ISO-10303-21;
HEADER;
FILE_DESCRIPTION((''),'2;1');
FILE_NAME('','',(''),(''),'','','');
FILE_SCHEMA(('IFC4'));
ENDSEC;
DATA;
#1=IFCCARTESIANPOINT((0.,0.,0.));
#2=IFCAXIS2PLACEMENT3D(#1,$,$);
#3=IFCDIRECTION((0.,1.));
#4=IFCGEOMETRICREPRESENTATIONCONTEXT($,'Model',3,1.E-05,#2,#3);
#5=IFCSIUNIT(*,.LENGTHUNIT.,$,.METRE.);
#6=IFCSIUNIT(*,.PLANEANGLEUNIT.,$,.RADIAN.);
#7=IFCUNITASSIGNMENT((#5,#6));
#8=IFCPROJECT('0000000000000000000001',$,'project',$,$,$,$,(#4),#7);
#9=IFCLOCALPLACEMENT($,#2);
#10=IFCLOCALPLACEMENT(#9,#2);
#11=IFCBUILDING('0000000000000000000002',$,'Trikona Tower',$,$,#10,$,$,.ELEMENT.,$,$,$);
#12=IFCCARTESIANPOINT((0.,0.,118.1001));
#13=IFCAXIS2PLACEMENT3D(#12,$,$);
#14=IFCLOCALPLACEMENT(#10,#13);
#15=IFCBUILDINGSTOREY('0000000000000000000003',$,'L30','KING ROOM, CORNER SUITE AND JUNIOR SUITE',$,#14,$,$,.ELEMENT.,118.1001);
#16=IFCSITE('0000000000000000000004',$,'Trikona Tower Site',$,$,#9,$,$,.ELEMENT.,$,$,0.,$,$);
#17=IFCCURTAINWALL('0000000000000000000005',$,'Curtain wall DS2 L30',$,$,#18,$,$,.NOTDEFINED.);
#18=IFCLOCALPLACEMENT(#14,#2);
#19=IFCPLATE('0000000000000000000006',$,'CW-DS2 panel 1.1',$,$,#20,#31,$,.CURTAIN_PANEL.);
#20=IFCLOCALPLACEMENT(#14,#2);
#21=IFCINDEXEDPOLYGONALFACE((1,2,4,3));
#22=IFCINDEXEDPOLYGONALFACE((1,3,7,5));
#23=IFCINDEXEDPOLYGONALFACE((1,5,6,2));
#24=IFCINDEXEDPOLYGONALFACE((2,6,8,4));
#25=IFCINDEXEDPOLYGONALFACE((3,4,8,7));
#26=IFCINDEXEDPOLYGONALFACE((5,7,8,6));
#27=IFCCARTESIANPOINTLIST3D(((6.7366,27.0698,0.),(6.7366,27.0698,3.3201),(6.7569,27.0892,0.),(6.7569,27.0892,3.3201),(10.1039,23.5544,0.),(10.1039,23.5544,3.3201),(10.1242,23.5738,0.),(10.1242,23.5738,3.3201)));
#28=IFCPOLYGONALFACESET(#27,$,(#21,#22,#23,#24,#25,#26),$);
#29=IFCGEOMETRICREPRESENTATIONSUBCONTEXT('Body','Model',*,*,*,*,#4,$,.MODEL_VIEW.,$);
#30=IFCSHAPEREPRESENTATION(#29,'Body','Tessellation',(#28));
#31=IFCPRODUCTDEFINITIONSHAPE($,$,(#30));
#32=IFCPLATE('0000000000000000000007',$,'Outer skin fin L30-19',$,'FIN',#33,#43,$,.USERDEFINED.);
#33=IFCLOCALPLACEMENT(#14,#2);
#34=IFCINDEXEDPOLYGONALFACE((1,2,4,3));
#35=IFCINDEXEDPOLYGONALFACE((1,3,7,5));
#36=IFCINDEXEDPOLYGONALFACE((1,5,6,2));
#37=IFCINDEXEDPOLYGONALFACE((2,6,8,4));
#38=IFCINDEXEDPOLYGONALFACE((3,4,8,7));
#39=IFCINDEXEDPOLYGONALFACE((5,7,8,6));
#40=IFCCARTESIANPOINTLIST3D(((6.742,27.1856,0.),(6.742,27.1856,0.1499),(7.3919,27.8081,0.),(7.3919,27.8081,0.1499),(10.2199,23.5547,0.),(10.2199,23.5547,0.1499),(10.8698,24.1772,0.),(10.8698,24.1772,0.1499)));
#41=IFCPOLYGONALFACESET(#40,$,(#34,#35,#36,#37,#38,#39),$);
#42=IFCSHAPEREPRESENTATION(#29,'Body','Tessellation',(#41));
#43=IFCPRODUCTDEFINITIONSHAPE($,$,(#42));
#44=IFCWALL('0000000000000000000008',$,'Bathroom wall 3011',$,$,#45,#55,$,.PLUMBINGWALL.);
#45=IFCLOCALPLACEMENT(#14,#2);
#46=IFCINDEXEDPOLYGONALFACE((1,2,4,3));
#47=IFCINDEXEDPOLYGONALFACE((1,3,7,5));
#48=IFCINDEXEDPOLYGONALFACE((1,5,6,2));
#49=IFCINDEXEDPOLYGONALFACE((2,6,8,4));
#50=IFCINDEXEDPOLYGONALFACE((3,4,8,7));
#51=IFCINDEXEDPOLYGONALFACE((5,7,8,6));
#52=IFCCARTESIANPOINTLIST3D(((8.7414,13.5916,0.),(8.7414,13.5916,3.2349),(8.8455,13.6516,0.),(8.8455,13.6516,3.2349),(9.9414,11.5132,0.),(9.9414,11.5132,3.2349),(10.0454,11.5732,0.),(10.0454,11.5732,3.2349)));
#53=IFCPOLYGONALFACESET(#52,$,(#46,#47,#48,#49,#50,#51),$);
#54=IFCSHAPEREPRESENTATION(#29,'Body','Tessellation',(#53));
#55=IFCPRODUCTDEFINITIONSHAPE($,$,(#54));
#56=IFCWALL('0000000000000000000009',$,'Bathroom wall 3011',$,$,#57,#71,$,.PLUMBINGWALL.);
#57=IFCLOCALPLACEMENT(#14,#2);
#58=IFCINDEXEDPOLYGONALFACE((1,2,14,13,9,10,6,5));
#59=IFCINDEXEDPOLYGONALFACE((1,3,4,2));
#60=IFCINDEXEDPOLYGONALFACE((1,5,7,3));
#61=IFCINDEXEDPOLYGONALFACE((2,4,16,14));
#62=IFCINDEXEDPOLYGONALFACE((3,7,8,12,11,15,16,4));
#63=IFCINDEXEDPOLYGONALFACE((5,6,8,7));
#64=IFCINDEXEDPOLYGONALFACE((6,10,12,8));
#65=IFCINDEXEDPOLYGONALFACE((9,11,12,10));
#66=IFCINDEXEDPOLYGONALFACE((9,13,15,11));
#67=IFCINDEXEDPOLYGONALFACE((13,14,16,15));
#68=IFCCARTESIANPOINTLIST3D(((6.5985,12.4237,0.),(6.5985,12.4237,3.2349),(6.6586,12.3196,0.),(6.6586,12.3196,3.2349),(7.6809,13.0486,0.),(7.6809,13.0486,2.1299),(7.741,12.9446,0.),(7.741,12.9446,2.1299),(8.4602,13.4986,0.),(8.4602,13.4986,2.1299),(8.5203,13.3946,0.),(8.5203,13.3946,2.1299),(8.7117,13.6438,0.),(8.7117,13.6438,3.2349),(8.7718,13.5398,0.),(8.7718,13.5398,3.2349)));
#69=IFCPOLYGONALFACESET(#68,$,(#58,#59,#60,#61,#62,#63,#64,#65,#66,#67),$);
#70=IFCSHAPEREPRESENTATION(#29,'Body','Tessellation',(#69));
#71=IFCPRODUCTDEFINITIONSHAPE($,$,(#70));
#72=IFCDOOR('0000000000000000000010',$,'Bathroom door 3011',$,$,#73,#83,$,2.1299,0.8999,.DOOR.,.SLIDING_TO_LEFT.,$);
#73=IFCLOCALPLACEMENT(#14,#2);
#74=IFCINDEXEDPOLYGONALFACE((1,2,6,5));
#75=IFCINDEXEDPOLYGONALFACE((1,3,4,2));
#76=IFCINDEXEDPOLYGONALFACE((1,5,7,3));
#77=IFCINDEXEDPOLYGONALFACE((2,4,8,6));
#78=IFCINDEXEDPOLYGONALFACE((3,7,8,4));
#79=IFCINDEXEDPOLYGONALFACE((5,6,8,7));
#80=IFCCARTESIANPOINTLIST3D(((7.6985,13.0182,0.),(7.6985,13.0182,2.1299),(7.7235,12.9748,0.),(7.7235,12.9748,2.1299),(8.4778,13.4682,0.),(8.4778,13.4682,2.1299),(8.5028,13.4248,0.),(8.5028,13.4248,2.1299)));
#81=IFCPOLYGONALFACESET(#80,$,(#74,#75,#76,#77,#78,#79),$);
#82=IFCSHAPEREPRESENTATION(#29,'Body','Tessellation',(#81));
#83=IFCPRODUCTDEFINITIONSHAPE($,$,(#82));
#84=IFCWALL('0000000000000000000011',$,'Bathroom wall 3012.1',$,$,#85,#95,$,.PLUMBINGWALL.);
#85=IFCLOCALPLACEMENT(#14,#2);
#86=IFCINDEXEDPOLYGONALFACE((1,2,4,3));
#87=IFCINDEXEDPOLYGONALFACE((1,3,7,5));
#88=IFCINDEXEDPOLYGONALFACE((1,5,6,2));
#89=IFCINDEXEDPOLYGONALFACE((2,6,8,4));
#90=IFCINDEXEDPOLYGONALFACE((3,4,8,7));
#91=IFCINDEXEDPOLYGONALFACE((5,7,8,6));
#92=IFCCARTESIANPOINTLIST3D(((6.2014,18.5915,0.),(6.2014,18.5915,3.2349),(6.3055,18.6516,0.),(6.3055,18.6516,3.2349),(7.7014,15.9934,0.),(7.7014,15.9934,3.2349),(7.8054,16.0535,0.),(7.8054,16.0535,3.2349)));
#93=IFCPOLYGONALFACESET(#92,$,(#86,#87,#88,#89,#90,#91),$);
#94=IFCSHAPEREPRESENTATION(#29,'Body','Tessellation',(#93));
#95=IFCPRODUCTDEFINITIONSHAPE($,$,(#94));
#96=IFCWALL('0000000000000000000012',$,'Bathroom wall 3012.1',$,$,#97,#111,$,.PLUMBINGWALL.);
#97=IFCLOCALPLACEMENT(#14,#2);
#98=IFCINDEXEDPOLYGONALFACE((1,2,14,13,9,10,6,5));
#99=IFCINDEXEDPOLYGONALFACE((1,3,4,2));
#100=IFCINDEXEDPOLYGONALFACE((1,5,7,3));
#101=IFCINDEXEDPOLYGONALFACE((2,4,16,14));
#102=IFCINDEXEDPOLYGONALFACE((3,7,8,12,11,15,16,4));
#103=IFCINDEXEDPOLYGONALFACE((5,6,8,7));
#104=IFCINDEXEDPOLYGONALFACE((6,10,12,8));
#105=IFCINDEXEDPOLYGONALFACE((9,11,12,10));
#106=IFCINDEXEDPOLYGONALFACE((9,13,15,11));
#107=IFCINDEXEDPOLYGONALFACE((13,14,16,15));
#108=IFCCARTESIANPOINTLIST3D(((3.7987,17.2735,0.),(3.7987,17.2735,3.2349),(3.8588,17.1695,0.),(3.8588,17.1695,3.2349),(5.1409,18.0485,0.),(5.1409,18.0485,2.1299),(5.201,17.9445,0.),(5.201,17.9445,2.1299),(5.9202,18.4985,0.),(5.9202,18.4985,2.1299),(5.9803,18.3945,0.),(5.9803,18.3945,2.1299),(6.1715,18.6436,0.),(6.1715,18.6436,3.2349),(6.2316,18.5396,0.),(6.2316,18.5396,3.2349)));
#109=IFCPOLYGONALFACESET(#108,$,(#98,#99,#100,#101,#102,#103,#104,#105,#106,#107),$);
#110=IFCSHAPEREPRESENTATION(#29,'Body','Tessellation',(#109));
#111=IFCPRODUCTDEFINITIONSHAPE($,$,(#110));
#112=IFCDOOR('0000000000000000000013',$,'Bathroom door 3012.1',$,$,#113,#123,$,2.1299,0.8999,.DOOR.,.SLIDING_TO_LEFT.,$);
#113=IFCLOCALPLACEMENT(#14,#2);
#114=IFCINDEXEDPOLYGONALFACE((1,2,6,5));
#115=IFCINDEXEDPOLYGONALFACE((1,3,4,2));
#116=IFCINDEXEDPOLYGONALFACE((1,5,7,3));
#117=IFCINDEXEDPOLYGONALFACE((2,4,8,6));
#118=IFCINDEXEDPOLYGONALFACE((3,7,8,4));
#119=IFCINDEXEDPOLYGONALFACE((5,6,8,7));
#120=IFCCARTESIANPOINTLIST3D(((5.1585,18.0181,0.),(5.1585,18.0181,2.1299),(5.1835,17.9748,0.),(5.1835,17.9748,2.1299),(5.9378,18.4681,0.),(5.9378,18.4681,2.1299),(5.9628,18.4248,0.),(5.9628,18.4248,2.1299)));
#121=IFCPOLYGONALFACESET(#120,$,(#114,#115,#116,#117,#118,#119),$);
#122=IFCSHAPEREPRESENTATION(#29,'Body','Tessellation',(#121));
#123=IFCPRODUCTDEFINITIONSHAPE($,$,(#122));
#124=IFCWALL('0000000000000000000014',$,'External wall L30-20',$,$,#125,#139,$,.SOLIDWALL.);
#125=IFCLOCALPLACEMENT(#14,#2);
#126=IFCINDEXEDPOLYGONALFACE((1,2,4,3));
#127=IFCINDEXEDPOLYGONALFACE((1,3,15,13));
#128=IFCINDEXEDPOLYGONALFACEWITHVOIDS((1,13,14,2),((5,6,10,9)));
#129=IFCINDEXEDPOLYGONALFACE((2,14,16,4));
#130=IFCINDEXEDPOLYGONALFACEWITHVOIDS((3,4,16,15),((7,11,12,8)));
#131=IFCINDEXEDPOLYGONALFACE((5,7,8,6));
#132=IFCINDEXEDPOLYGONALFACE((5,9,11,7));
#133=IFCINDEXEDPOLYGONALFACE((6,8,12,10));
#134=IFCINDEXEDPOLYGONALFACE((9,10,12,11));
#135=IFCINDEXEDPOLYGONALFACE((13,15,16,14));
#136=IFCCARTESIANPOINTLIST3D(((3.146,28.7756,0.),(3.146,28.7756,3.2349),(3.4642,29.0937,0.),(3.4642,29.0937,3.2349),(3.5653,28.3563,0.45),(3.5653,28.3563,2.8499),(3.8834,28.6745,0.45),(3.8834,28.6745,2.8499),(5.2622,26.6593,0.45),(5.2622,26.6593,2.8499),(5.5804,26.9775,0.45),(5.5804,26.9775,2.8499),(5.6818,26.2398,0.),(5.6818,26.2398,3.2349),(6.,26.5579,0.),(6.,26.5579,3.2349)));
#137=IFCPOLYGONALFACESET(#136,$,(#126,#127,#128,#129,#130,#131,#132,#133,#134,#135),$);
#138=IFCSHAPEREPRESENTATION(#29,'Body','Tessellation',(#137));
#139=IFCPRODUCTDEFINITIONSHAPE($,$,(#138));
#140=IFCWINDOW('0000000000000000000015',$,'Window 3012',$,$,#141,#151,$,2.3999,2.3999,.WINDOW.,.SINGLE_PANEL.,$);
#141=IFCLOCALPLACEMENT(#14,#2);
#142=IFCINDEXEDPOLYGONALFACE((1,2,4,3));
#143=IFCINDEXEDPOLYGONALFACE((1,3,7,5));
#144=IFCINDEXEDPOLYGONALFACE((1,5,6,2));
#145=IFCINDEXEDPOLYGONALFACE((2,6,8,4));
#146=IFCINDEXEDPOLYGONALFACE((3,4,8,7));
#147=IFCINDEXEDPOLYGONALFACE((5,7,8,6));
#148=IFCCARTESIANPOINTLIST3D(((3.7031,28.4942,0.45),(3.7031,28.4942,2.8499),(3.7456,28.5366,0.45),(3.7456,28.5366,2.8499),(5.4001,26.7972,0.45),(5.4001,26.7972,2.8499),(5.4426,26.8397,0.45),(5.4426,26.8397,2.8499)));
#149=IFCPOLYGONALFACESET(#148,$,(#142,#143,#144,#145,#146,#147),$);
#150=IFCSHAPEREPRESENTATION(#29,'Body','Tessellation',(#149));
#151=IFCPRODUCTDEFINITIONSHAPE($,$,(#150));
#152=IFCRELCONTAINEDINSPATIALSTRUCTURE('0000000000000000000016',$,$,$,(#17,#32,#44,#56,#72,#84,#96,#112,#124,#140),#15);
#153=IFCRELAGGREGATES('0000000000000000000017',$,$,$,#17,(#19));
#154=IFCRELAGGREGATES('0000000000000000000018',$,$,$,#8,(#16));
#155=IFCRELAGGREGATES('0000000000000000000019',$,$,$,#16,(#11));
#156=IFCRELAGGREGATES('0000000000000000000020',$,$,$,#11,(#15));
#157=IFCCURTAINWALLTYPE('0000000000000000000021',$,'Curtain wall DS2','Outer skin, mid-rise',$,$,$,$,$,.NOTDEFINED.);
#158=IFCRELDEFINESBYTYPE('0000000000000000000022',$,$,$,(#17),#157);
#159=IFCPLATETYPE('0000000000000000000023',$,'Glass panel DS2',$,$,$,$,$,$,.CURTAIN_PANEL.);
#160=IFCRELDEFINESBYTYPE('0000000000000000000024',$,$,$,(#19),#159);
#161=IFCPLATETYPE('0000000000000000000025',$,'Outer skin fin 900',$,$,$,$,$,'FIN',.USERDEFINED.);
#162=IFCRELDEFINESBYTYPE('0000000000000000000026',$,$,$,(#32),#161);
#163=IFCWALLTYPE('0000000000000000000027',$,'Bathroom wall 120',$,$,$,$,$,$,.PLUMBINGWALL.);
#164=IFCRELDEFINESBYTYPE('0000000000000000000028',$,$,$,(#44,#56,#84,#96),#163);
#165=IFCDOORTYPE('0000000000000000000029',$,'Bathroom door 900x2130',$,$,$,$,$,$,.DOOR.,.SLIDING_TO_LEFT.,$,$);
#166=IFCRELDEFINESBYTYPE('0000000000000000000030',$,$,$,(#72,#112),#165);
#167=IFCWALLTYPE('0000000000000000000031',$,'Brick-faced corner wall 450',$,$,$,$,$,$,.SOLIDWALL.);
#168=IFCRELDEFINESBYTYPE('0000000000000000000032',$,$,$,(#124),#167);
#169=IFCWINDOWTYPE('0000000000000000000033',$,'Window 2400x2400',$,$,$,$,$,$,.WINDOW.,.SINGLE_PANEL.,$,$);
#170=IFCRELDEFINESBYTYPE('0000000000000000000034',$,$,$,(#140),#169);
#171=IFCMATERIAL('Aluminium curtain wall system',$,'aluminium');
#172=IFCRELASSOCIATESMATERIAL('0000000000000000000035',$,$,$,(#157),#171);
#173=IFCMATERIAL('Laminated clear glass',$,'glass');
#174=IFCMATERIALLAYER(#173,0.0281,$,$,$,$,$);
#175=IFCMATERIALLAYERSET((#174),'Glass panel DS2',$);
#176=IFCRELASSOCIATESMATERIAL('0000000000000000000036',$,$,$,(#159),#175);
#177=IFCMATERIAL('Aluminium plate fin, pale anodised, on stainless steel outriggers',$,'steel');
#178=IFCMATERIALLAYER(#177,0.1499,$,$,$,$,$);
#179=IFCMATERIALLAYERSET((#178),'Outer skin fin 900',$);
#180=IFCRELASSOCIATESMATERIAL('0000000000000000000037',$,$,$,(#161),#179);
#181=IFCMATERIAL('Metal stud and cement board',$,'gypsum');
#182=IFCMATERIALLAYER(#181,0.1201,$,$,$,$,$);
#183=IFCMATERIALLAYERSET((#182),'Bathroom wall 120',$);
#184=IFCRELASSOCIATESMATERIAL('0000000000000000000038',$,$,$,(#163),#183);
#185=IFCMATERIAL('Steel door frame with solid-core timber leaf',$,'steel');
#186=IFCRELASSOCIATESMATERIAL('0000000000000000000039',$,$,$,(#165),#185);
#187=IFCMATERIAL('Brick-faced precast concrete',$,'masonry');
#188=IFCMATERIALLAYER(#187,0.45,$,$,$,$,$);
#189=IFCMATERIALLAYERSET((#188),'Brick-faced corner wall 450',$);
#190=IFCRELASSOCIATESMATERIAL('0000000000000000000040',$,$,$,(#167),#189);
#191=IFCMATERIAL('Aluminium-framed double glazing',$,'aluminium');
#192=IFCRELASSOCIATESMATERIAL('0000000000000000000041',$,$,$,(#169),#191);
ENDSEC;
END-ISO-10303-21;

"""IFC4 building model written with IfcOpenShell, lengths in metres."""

from ifc_helpers import new_model, si_unit, direction, frame, frame_2d, origin, origin_2d, place, context, subcontext, project, spatial, rectangle, extrude, material, layer, layer_set, type_object, element, fill, aggregate, save


model = new_model("IFC4")

# Units and contexts
model_context = context("Model", 3, precision=1e-05, world=origin(), true_north=direction((0.0, 1.0)))
body_context = subcontext(model_context, "Body", "Model", "MODEL_VIEW")
ifc_project = project(units=[si_unit("LENGTHUNIT", "METRE"), si_unit("PLANEANGLEUNIT", "RADIAN")], contexts=[model_context])

# Site, building, storey
site_placement = place(None, origin())
site = spatial("IfcSite", under=ifc_project, at=site_placement, Name="Trikona Tower Site", CompositionType="ELEMENT", RefElevation=0.0)
building_placement = place(site_placement, origin())
building = spatial("IfcBuilding", under=site, at=building_placement, Name="Trikona Tower", CompositionType="ELEMENT")
storey_placement = place(building_placement, frame((0.0, 0.0, 118.1001)))
storey = spatial("IfcBuildingStorey", under=building, at=storey_placement, Name="L30", Description="KING ROOM, CORNER SUITE AND JUNIOR SUITE", CompositionType="ELEMENT", Elevation=118.1001)

# Curtain wall
ifc_material_1 = material(Name="Aluminium curtain wall system", Category="aluminium")
curtain_wall_type = type_object("IfcCurtainWallType", Name="Curtain wall DS2", Description="Outer skin, mid-rise", PredefinedType="NOTDEFINED", material=ifc_material_1)
curtain_wall_placement = place(storey_placement, origin())
curtain_wall = element("IfcCurtainWall", 1, at=curtain_wall_placement, inside=storey, type_object=curtain_wall_type, Name="Curtain wall DS2 L30", PredefinedType="NOTDEFINED")

# Plates
ifc_material_2 = material(Name="Laminated clear glass", Category="glass")
ifc_layer_1 = layer(ifc_material_2, 0.0281)
ifc_layer_set_1 = layer_set([ifc_layer_1], Name="Glass panel DS2")
plate_type_1 = type_object("IfcPlateType", Name="Glass panel DS2", PredefinedType="CURTAIN_PANEL", material=ifc_layer_set_1)
plate_1_placement = place(storey_placement, frame((8.4304, 25.3218, 0.0), z_axis=(0.0, 0.0, 1.0), x_axis=(-0.691728, 0.722158, 0.0)))
plate_1 = element("IfcPlate", 2, at=plate_1_placement, type_object=plate_type_1, Name="CW-DS2 panel 1.1", PredefinedType="CURTAIN_PANEL", context=body_context, shape_type="SweptSolid", body=[
    extrude(rectangle(XDim=4.8679, YDim=0.0281, at=origin_2d()), origin(), (0.0, 0.0, 1.0), 3.3201),
])
aggregate(curtain_wall, [plate_1])
ifc_material_3 = material(Name="Aluminium plate fin, pale anodised, on stainless steel outriggers", Category="steel")
ifc_layer_2 = layer(ifc_material_3, 0.1499)
ifc_layer_set_2 = layer_set([ifc_layer_2], Name="Outer skin fin 900")
plate_type_2 = type_object("IfcPlateType", Name="Outer skin fin 900", ElementType="FIN", PredefinedType="USERDEFINED", material=ifc_layer_set_2)
plate_2_placement = place(storey_placement, frame((8.8059, 25.6814, 0.0), z_axis=(0.0, 0.0, 1.0), x_axis=(-0.691724, 0.722162, 0.0)))
element("IfcPlate", 3, at=plate_2_placement, inside=storey, type_object=plate_type_2, Name="Outer skin fin L30-19", ObjectType="FIN", PredefinedType="USERDEFINED", context=body_context, shape_type="SweptSolid", body=[
    extrude(rectangle(XDim=5.0278, YDim=0.8999, at=origin_2d()), origin(), (0.0, 0.0, 1.0), 0.1499),
])

# Wall
ifc_material_4 = material(Name="Metal stud and cement board", Category="gypsum")
ifc_layer_3 = layer(ifc_material_4, 0.1201)
ifc_layer_set_3 = layer_set([ifc_layer_3], Name="Bathroom wall 120")
wall_type_1 = type_object("IfcWallType", Name="Bathroom wall 120", PredefinedType="PLUMBINGWALL", material=ifc_layer_set_3)
wall_1_placement = place(storey_placement, frame((9.9934, 11.5432, 0.0), z_axis=(0.0, 0.0, 1.0), x_axis=(-0.500001, 0.866025, 0.0)))
element("IfcWall", 4, at=wall_1_placement, inside=storey, type_object=wall_type_1, Name="Bathroom wall 3011", PredefinedType="PLUMBINGWALL", context=body_context, shape_type="SweptSolid", body=[
    extrude(rectangle(XDim=2.3999, YDim=0.1201, at=frame_2d((1.2, 0.0))), origin(), (0.0, 0.0, 1.0), 3.2349),
])

# Wall, opening, door
wall_2_placement = place(storey_placement, frame((6.6284, 12.3716, 0.0), z_axis=(0.0, 0.0, 1.0), x_axis=(0.866006, 0.500034, 0.0)))
wall_2 = element("IfcWall", 5, at=wall_2_placement, inside=storey, type_object=wall_type_1, Name="Bathroom wall 3011", PredefinedType="PLUMBINGWALL", context=body_context, shape_type="SweptSolid", body=[
    extrude(rectangle(XDim=2.4402, YDim=0.1201, at=frame_2d((1.2202, 0.0))), origin(), (0.0, 0.0, 1.0), 3.2349),
])
opening_1_placement = place(wall_2_placement, frame((1.25, 0.0, 0.0)))
opening_1 = element("IfcOpeningElement", 6, at=opening_1_placement, cuts=wall_2, PredefinedType="OPENING", context=body_context, shape_type="SweptSolid", body=[
    extrude(rectangle(XDim=0.8999, YDim=2.1299, at=frame_2d((0.45, 1.0649))), frame((0.0, 0.0701, 0.0), z_axis=(0.0, -1.0, 0.0), x_axis=(1.0, 0.0, 0.0)), (0.0, 0.0, 1.0), 0.1401),
])
ifc_material_5 = material(Name="Steel door frame with solid-core timber leaf", Category="steel")
door_type_1 = type_object("IfcDoorType", Name="Bathroom door 900x2130", OperationType="SLIDING_TO_LEFT", PredefinedType="DOOR", material=ifc_material_5)
door_1_placement = place(opening_1_placement, origin())
door_1 = element("IfcDoor", 7, at=door_1_placement, inside=storey, type_object=door_type_1, Name="Bathroom door 3011", OperationType="SLIDING_TO_LEFT", OverallHeight=2.1299, OverallWidth=0.8999, PredefinedType="DOOR", context=body_context, shape_type="SweptSolid", body=[
    extrude(rectangle(XDim=0.8999, YDim=2.1299, at=frame_2d((0.45, 1.0649))), frame((0.0, 0.0249, 0.0), z_axis=(0.0, -1.0, 0.0), x_axis=(1.0, 0.0, 0.0)), (0.0, 0.0, 1.0), 0.05),
])
fill(opening_1, door_1)

# Wall
wall_3_placement = place(storey_placement, frame((7.7534, 16.0234, 0.0), z_axis=(0.0, 0.0, 1.0), x_axis=(-0.49999, 0.866031, 0.0)))
element("IfcWall", 8, at=wall_3_placement, inside=storey, type_object=wall_type_1, Name="Bathroom wall 3012.1", PredefinedType="PLUMBINGWALL", context=body_context, shape_type="SweptSolid", body=[
    extrude(rectangle(XDim=3.0, YDim=0.1201, at=frame_2d((1.5, 0.0))), origin(), (0.0, 0.0, 1.0), 3.2349),
])

# Wall, opening, door
wall_4_placement = place(storey_placement, frame((3.8286, 17.2214, 0.0), z_axis=(0.0, 0.0, 1.0), x_axis=(0.865997, 0.500049, 0.0)))
wall_4 = element("IfcWall", 9, at=wall_4_placement, inside=storey, type_object=wall_type_1, Name="Bathroom wall 3012.1", PredefinedType="PLUMBINGWALL", context=body_context, shape_type="SweptSolid", body=[
    extrude(rectangle(XDim=2.74, YDim=0.1201, at=frame_2d((1.3701, 0.0))), origin(), (0.0, 0.0, 1.0), 3.2349),
])
opening_2_placement = place(wall_4_placement, frame((1.55, 0.0, 0.0)))
opening_2 = element("IfcOpeningElement", 10, at=opening_2_placement, cuts=wall_4, PredefinedType="OPENING", context=body_context, shape_type="SweptSolid", body=[
    extrude(rectangle(XDim=0.8999, YDim=2.1299, at=frame_2d((0.45, 1.0649))), frame((0.0, 0.0701, 0.0), z_axis=(0.0, -1.0, 0.0), x_axis=(1.0, 0.0, 0.0)), (0.0, 0.0, 1.0), 0.1401),
])
door_2_placement = place(opening_2_placement, origin())
door_2 = element("IfcDoor", 11, at=door_2_placement, inside=storey, type_object=door_type_1, Name="Bathroom door 3012.1", OperationType="SLIDING_TO_LEFT", OverallHeight=2.1299, OverallWidth=0.8999, PredefinedType="DOOR", context=body_context, shape_type="SweptSolid", body=[
    extrude(rectangle(XDim=0.8999, YDim=2.1299, at=frame_2d((0.45, 1.0649))), frame((0.0, 0.0249, 0.0), z_axis=(0.0, -1.0, 0.0), x_axis=(1.0, 0.0, 0.0)), (0.0, 0.0, 1.0), 0.05),
])
fill(opening_2, door_2)

# Wall, opening, window
ifc_material_6 = material(Name="Brick-faced precast concrete", Category="masonry")
ifc_layer_4 = layer(ifc_material_6, 0.45)
ifc_layer_set_4 = layer_set([ifc_layer_4], Name="Brick-faced corner wall 450")
wall_type_2 = type_object("IfcWallType", Name="Brick-faced corner wall 450", PredefinedType="SOLIDWALL", material=ifc_layer_set_4)
wall_5_placement = place(storey_placement, frame((5.8408, 26.3989, 0.0), z_axis=(0.0, 0.0, 1.0), x_axis=(-0.707107, 0.707107, 0.0)))
wall_5 = element("IfcWall", 12, at=wall_5_placement, inside=storey, type_object=wall_type_2, Name="External wall L30-20", PredefinedType="SOLIDWALL", context=body_context, shape_type="SweptSolid", body=[
    extrude(rectangle(XDim=3.5862, YDim=0.45, at=frame_2d((1.793, 0.0))), origin(), (0.0, 0.0, 1.0), 3.2349),
])
opening_3_placement = place(wall_5_placement, frame((0.5933, 0.0, 0.45)))
opening_3 = element("IfcOpeningElement", 13, at=opening_3_placement, cuts=wall_5, PredefinedType="OPENING", context=body_context, shape_type="SweptSolid", body=[
    extrude(rectangle(XDim=2.3999, YDim=2.3999, at=frame_2d((1.2, 1.2))), frame((0.0, 0.2349, 0.0), z_axis=(0.0, -1.0, 0.0), x_axis=(1.0, 0.0, 0.0)), (0.0, 0.0, 1.0), 0.47),
])
ifc_material_7 = material(Name="Aluminium-framed double glazing", Category="aluminium")
window_type_1 = type_object("IfcWindowType", Name="Window 2400x2400", PartitioningType="SINGLE_PANEL", PredefinedType="WINDOW", material=ifc_material_7)
window_1_placement = place(opening_3_placement, origin())
window_1 = element("IfcWindow", 14, at=window_1_placement, inside=storey, type_object=window_type_1, Name="Window 3012", OverallHeight=2.3999, OverallWidth=2.3999, PartitioningType="SINGLE_PANEL", PredefinedType="WINDOW", context=body_context, shape_type="SweptSolid", body=[
    extrude(rectangle(XDim=2.3999, YDim=2.3999, at=frame_2d((1.2, 1.2))), frame((0.0, 0.03, 0.0), z_axis=(0.0, -1.0, 0.0), x_axis=(1.0, 0.0, 0.0)), (0.0, 0.0, 1.0), 0.0601),
])
fill(opening_3, window_1)

save(model, "model.ifc")
